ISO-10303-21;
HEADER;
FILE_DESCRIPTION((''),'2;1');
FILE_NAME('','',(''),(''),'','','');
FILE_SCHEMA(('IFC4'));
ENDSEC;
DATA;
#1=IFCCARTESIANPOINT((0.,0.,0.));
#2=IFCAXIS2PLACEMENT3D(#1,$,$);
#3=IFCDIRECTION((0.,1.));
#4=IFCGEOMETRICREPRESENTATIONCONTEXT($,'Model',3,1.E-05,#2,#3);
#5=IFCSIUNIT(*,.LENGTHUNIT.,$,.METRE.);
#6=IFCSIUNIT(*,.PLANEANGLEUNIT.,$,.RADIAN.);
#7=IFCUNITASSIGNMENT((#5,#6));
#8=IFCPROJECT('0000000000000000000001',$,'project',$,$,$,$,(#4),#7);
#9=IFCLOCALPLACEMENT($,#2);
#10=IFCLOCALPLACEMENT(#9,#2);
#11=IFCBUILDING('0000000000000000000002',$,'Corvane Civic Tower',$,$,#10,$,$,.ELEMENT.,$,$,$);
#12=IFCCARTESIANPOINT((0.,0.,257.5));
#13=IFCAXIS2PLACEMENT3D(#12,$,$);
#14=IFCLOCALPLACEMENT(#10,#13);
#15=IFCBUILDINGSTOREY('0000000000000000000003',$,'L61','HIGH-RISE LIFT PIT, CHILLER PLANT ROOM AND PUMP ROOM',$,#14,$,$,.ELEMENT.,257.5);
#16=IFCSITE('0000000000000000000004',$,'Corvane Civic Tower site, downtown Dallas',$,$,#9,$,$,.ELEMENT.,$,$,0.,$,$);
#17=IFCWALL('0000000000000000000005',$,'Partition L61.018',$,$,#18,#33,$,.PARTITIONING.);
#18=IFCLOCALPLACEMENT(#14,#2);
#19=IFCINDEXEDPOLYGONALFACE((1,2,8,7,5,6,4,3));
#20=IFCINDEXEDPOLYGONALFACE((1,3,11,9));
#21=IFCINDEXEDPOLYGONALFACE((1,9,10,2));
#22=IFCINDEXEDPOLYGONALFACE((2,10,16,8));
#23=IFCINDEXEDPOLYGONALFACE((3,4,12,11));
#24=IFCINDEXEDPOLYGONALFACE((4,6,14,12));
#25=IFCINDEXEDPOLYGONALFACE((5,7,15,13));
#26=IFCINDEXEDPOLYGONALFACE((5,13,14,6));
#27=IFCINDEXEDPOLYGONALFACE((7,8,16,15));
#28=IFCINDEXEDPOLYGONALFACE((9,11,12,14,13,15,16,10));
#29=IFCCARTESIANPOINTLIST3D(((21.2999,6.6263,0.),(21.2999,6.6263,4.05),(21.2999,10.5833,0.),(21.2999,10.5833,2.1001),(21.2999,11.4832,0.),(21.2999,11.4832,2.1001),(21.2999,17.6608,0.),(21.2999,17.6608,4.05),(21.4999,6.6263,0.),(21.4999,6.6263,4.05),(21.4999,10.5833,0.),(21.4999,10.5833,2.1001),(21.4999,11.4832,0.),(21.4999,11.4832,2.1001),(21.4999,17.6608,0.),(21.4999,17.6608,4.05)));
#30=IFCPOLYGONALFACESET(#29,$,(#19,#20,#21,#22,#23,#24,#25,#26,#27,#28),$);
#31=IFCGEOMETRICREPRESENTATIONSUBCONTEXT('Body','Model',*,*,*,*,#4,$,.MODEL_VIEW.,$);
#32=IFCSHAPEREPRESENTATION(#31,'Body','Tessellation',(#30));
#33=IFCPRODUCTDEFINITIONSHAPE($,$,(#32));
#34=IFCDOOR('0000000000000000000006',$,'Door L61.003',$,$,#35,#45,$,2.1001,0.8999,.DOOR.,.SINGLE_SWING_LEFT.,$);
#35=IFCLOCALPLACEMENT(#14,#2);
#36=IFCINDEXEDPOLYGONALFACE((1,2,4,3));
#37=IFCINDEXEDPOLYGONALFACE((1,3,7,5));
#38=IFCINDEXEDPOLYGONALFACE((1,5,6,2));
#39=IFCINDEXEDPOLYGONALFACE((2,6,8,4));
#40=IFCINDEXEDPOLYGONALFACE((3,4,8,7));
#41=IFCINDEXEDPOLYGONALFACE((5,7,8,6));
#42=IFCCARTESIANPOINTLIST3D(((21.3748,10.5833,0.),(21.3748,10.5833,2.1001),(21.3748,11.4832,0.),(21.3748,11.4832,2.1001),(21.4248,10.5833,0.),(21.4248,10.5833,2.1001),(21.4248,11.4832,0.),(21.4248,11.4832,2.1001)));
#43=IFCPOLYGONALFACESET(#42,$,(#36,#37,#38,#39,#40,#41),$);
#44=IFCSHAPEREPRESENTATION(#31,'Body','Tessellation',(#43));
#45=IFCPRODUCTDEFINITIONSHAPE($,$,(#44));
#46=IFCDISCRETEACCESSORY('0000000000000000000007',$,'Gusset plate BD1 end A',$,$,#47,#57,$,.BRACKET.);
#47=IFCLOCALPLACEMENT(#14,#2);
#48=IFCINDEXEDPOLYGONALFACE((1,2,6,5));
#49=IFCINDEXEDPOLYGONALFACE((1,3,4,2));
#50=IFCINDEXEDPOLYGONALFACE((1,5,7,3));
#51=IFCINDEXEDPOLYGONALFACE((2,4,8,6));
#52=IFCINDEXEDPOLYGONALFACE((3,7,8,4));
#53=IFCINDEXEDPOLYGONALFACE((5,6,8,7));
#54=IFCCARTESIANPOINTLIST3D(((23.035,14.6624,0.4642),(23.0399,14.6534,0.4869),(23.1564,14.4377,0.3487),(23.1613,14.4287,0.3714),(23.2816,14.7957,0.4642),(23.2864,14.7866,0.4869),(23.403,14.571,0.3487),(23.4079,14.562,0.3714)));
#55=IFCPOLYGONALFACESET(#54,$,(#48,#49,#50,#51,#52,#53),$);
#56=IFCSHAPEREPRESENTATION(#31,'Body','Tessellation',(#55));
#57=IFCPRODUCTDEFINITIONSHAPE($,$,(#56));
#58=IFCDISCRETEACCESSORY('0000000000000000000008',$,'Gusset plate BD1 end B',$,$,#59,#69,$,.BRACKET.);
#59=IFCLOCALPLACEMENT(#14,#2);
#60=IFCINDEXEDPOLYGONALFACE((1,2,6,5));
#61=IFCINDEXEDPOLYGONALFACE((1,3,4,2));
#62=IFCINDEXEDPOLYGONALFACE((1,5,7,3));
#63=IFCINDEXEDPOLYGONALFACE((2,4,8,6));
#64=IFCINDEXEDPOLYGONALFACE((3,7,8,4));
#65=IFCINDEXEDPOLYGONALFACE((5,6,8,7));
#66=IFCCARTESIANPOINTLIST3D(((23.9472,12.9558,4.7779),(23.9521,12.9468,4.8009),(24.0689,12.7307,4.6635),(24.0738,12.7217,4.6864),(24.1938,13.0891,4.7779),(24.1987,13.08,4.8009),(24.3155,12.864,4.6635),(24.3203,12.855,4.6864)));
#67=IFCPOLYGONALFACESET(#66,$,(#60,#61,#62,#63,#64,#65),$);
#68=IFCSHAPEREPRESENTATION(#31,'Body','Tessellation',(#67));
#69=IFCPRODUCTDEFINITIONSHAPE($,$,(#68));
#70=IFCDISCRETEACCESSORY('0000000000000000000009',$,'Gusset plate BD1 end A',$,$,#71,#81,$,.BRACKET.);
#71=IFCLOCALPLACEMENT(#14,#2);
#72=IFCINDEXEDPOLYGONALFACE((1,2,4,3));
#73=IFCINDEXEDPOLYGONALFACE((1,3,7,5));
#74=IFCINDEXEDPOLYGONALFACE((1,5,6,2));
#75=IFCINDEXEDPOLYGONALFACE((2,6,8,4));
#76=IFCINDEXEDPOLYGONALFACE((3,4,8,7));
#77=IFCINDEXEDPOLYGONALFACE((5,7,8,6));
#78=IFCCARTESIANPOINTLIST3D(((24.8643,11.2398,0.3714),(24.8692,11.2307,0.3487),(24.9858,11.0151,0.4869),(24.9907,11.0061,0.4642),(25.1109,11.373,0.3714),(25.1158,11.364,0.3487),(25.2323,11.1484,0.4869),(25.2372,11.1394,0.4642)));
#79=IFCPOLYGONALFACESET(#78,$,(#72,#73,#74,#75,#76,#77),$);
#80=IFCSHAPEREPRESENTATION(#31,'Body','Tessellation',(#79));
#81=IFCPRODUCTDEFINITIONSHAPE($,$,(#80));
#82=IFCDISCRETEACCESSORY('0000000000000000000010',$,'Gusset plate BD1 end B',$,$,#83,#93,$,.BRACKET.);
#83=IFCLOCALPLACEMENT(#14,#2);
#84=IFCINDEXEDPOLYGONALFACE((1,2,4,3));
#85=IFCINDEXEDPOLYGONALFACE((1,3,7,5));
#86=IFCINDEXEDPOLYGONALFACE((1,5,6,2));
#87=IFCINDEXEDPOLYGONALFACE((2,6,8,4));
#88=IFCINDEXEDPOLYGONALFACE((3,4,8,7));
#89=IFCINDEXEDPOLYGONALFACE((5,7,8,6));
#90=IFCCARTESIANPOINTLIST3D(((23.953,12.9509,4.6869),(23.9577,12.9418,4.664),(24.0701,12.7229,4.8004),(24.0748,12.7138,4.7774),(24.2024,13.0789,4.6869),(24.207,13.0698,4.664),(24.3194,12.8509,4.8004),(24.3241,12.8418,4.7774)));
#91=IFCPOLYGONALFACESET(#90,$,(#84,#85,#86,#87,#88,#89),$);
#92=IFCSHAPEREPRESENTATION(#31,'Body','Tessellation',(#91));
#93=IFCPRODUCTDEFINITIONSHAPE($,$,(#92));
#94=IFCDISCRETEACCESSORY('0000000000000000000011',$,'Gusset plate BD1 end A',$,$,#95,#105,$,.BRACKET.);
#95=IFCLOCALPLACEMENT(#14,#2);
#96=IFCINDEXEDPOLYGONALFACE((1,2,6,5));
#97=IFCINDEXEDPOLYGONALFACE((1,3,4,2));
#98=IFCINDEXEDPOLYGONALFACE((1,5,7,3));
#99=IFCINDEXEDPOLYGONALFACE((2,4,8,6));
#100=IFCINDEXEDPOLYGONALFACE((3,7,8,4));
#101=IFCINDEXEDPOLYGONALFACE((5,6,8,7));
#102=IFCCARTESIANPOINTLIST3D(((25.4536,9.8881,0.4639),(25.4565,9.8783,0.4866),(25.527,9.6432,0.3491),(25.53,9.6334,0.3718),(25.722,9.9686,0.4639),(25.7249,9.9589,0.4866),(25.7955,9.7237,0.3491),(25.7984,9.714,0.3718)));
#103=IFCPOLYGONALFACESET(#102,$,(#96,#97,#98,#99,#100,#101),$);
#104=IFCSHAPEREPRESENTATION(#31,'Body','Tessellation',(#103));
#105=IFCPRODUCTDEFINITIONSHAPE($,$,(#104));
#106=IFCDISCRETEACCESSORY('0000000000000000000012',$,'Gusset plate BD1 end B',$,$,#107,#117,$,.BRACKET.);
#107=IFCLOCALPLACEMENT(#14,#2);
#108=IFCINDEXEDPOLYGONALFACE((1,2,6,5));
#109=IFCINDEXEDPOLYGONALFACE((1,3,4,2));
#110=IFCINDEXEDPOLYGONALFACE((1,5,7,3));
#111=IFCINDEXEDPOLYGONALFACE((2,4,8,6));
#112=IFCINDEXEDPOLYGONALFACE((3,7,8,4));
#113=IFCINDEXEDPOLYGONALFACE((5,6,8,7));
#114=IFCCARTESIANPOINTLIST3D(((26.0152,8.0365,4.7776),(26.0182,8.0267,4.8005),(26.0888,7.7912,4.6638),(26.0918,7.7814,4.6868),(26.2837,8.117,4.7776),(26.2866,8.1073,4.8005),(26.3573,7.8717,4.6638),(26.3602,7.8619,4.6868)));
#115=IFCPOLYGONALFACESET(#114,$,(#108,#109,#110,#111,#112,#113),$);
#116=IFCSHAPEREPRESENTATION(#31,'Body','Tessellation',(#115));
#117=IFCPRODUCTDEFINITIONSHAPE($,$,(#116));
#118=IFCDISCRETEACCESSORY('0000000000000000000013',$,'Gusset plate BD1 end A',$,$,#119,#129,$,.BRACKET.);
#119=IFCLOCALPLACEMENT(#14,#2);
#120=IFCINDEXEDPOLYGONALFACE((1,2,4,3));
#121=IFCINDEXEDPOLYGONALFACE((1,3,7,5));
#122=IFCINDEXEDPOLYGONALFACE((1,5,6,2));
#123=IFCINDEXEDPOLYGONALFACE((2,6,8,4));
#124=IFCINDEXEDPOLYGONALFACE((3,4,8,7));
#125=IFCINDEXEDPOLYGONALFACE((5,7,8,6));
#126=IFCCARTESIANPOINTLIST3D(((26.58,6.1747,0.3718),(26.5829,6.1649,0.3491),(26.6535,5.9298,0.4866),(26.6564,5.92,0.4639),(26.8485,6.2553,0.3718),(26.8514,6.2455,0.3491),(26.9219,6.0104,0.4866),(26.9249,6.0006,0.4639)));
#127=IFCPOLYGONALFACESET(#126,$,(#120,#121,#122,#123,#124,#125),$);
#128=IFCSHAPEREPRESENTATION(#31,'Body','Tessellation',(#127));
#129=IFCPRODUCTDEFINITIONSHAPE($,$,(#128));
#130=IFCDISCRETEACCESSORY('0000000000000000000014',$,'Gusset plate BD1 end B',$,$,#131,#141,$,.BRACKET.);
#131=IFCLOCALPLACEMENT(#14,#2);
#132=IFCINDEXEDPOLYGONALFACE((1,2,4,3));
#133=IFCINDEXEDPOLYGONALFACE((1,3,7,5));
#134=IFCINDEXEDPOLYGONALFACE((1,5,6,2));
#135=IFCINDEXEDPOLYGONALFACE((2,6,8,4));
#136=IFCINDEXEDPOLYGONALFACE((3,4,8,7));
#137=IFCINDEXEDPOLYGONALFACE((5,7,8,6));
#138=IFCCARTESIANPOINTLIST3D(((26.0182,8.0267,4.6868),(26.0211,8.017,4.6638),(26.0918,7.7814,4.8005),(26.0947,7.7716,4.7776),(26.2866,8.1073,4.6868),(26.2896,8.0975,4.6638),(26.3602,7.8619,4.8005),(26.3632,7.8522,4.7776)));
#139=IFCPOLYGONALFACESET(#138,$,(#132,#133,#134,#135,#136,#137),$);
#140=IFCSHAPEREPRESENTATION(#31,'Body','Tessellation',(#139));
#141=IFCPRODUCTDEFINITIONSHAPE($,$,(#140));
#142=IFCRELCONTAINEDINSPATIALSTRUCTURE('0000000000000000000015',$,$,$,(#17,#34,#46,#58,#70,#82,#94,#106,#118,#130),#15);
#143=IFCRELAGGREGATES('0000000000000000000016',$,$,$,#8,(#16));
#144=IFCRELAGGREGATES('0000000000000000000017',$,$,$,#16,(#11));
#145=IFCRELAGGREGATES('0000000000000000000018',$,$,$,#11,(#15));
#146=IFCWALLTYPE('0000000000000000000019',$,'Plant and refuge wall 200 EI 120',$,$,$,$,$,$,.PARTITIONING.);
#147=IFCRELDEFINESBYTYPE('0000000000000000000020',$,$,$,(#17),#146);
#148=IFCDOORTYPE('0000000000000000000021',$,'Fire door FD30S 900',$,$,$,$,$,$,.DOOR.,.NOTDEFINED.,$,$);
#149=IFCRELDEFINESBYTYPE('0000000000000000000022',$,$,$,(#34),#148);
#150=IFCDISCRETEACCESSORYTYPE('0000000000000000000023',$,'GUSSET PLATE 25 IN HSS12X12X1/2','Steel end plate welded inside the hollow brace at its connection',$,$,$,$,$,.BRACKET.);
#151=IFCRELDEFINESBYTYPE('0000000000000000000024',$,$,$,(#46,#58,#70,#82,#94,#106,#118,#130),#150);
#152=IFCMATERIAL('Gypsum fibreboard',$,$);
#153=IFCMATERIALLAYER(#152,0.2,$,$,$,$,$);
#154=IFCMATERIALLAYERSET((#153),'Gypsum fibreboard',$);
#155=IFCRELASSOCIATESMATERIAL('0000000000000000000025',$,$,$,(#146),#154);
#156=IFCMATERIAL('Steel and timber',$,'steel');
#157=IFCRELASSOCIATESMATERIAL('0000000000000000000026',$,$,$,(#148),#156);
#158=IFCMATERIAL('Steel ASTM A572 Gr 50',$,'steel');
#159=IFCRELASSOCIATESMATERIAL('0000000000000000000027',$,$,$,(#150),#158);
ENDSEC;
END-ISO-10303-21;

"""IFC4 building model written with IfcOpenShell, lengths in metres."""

from ifc_helpers import new_model, si_unit, direction, frame, frame_2d, origin, origin_2d, place, context, subcontext, project, spatial, rectangle, extrude, material, layer, layer_set, material_profile, profile_set, type_object, element, fill, save


model = new_model("IFC4")

# Units and contexts
model_context = context("Model", 3, precision=1e-05, world=origin(), true_north=direction((0.0, 1.0)))
body_context = subcontext(model_context, "Body", "Model", "MODEL_VIEW")
ifc_project = project(units=[si_unit("LENGTHUNIT", "METRE"), si_unit("PLANEANGLEUNIT", "RADIAN")], contexts=[model_context])

# Site, building, storey
site_placement = place(None, origin())
site = spatial("IfcSite", under=ifc_project, at=site_placement, Name="Corvane Civic Tower site, downtown Dallas", CompositionType="ELEMENT", RefElevation=0.0)
building_placement = place(site_placement, origin())
building = spatial("IfcBuilding", under=site, at=building_placement, Name="Corvane Civic Tower", CompositionType="ELEMENT")
storey_placement = place(building_placement, frame((0.0, 0.0, 257.5)))
storey = spatial("IfcBuildingStorey", under=building, at=storey_placement, Name="L61", Description="HIGH-RISE LIFT PIT, CHILLER PLANT ROOM AND PUMP ROOM", CompositionType="ELEMENT", Elevation=257.5)

# Wall, opening, door
ifc_material_1 = material(Name="Gypsum fibreboard")
ifc_layer_1 = layer(ifc_material_1, 0.2)
ifc_layer_set_1 = layer_set([ifc_layer_1], Name="Gypsum fibreboard")
wall_type_1 = type_object("IfcWallType", Name="Plant and refuge wall 200 EI 120", PredefinedType="PARTITIONING", material=ifc_layer_set_1)
wall_1_placement = place(storey_placement, frame((21.3999, 6.6265, 0.0), z_axis=(0.0, 0.0, 1.0), x_axis=(0.0, 1.0, 0.0)))
wall_1 = element("IfcWall", 1, at=wall_1_placement, inside=storey, type_object=wall_type_1, Name="Partition L61.018", PredefinedType="PARTITIONING", context=body_context, shape_type="SweptSolid", body=[
    extrude(rectangle(XDim=11.0344, YDim=0.2, at=frame_2d((5.5171, 0.0))), origin(), (0.0, 0.0, 1.0), 4.05),
])
opening_placement = place(wall_1_placement, frame((3.9568, 0.0, 0.0)))
opening = element("IfcOpeningElement", 2, at=opening_placement, cuts=wall_1, PredefinedType="OPENING", context=body_context, shape_type="SweptSolid", body=[
    extrude(rectangle(XDim=0.8999, YDim=2.1001, at=frame_2d((0.45, 1.05))), frame((0.0, 0.1099, 0.0), z_axis=(0.0, -1.0, 0.0), x_axis=(1.0, 0.0, 0.0)), (0.0, 0.0, 1.0), 0.22),
])
ifc_material_2 = material(Name="Steel and timber", Category="steel")
door_type = type_object("IfcDoorType", Name="Fire door FD30S 900", OperationType="NOTDEFINED", PredefinedType="DOOR", material=ifc_material_2)
door_placement = place(opening_placement, frame((0.8999, 0.0, 0.0), z_axis=(0.0, 0.0, 1.0), x_axis=(-1.0, 0.0, 0.0)))
door = element("IfcDoor", 3, at=door_placement, inside=storey, type_object=door_type, Name="Door L61.003", OperationType="SINGLE_SWING_LEFT", OverallHeight=2.1001, OverallWidth=0.8999, PredefinedType="DOOR", context=body_context, shape_type="SweptSolid", body=[
    extrude(rectangle(XDim=0.8999, YDim=2.1001, at=frame_2d((0.45, 1.05))), frame((0.0, 0.0249, 0.0), z_axis=(0.0, -1.0, 0.0), x_axis=(1.0, 0.0, 0.0)), (0.0, 0.0, 1.0), 0.05),
])
fill(opening, door)

# Discrete accessories
ifc_material_3 = material(Name="Steel ASTM A572 Gr 50", Category="steel")
ifc_material_profile_1 = material_profile(ifc_material_3, rectangle(XDim=0.2803, YDim=0.2803, at=origin_2d()), Name="GUSSET PLATE 25 IN HSS12X12X1/2")
ifc_profile_set_1 = profile_set([ifc_material_profile_1], Name="Steel ASTM A572 Gr 50")
discrete_accessory_type = type_object("IfcDiscreteAccessoryType", Name="GUSSET PLATE 25 IN HSS12X12X1/2", Description="Steel end plate welded inside the hollow brace at its connection", PredefinedType="BRACKET", material=ifc_profile_set_1)
discrete_accessory_1_placement = place(storey_placement, frame((23.219, 14.6167, 0.4065), z_axis=(0.195947, -0.362501, 0.911152), x_axis=(0.879707, 0.475517, 0.0)))
element("IfcDiscreteAccessory", 4, at=discrete_accessory_1_placement, inside=storey, type_object=discrete_accessory_type, Name="Gusset plate BD1 end A", PredefinedType="BRACKET", context=body_context, shape_type="SweptSolid", body=[
    extrude(rectangle(XDim=0.2803, YDim=0.2803, at=origin_2d()), origin(), (0.0, 0.0, 1.0), 0.0249),
])
discrete_accessory_2_placement = place(storey_placement, frame((24.1362, 12.9009, 4.7437), z_axis=(-0.194211, 0.359291, -0.912793), x_axis=(-0.879707, -0.475517, 0.0)))
element("IfcDiscreteAccessory", 5, at=discrete_accessory_2_placement, inside=storey, type_object=discrete_accessory_type, Name="Gusset plate BD1 end B", PredefinedType="BRACKET", context=body_context, shape_type="SweptSolid", body=[
    extrude(rectangle(XDim=0.2803, YDim=0.2803, at=origin_2d()), origin(), (0.0, 0.0, 1.0), 0.0251),
])
discrete_accessory_3_placement = place(storey_placement, frame((25.0532, 11.1851, 0.4065), z_axis=(-0.195947, 0.362501, 0.911152), x_axis=(-0.879707, -0.475517, 0.0)))
element("IfcDiscreteAccessory", 6, at=discrete_accessory_3_placement, inside=storey, type_object=discrete_accessory_type, Name="Gusset plate BD1 end A", PredefinedType="BRACKET", context=body_context, shape_type="SweptSolid", body=[
    extrude(rectangle(XDim=0.2803, YDim=0.2803, at=origin_2d()), origin(), (0.0, 0.0, 1.0), 0.0249),
])
discrete_accessory_4_placement = place(storey_placement, frame((24.1362, 12.9009, 4.7437), z_axis=(0.184841, -0.359954, -0.914477), x_axis=(0.889567, 0.456805, 0.0)))
element("IfcDiscreteAccessory", 7, at=discrete_accessory_4_placement, inside=storey, type_object=discrete_accessory_type, Name="Gusset plate BD1 end B", PredefinedType="BRACKET", context=body_context, shape_type="SweptSolid", body=[
    extrude(rectangle(XDim=0.2803, YDim=0.2803, at=origin_2d()), origin(), (0.0, 0.0, 1.0), 0.0251),
])
discrete_accessory_5_placement = place(storey_placement, frame((25.6245, 9.8059, 0.4065), z_axis=(0.117709, -0.392364, 0.912247), x_axis=(0.957826, 0.287348, 0.0)))
element("IfcDiscreteAccessory", 8, at=discrete_accessory_5_placement, inside=storey, type_object=discrete_accessory_type, Name="Gusset plate BD1 end A", PredefinedType="BRACKET", context=body_context, shape_type="SweptSolid", body=[
    extrude(rectangle(XDim=0.2803, YDim=0.2803, at=origin_2d()), origin(), (0.0, 0.0, 1.0), 0.0249),
])
discrete_accessory_6_placement = place(storey_placement, frame((26.1892, 7.9443, 4.7437), z_axis=(-0.116664, 0.388881, -0.913871), x_axis=(-0.957826, -0.287348, 0.0)))
element("IfcDiscreteAccessory", 9, at=discrete_accessory_6_placement, inside=storey, type_object=discrete_accessory_type, Name="Gusset plate BD1 end B", PredefinedType="BRACKET", context=body_context, shape_type="SweptSolid", body=[
    extrude(rectangle(XDim=0.2803, YDim=0.2803, at=origin_2d()), origin(), (0.0, 0.0, 1.0), 0.0251),
])
discrete_accessory_7_placement = place(storey_placement, frame((26.7539, 6.0828, 0.4065), z_axis=(-0.117709, 0.392364, 0.912247), x_axis=(-0.957826, -0.287348, 0.0)))
element("IfcDiscreteAccessory", 10, at=discrete_accessory_7_placement, inside=storey, type_object=discrete_accessory_type, Name="Gusset plate BD1 end A", PredefinedType="BRACKET", context=body_context, shape_type="SweptSolid", body=[
    extrude(rectangle(XDim=0.2803, YDim=0.2803, at=origin_2d()), origin(), (0.0, 0.0, 1.0), 0.0249),
])
discrete_accessory_8_placement = place(storey_placement, frame((26.1892, 7.9443, 4.7437), z_axis=(0.116664, -0.388881, -0.913871), x_axis=(0.957826, 0.287348, 0.0)))
element("IfcDiscreteAccessory", 11, at=discrete_accessory_8_placement, inside=storey, type_object=discrete_accessory_type, Name="Gusset plate BD1 end B", PredefinedType="BRACKET", context=body_context, shape_type="SweptSolid", body=[
    extrude(rectangle(XDim=0.2803, YDim=0.2803, at=origin_2d()), origin(), (0.0, 0.0, 1.0), 0.0251),
])

save(model, "model.ifc")
